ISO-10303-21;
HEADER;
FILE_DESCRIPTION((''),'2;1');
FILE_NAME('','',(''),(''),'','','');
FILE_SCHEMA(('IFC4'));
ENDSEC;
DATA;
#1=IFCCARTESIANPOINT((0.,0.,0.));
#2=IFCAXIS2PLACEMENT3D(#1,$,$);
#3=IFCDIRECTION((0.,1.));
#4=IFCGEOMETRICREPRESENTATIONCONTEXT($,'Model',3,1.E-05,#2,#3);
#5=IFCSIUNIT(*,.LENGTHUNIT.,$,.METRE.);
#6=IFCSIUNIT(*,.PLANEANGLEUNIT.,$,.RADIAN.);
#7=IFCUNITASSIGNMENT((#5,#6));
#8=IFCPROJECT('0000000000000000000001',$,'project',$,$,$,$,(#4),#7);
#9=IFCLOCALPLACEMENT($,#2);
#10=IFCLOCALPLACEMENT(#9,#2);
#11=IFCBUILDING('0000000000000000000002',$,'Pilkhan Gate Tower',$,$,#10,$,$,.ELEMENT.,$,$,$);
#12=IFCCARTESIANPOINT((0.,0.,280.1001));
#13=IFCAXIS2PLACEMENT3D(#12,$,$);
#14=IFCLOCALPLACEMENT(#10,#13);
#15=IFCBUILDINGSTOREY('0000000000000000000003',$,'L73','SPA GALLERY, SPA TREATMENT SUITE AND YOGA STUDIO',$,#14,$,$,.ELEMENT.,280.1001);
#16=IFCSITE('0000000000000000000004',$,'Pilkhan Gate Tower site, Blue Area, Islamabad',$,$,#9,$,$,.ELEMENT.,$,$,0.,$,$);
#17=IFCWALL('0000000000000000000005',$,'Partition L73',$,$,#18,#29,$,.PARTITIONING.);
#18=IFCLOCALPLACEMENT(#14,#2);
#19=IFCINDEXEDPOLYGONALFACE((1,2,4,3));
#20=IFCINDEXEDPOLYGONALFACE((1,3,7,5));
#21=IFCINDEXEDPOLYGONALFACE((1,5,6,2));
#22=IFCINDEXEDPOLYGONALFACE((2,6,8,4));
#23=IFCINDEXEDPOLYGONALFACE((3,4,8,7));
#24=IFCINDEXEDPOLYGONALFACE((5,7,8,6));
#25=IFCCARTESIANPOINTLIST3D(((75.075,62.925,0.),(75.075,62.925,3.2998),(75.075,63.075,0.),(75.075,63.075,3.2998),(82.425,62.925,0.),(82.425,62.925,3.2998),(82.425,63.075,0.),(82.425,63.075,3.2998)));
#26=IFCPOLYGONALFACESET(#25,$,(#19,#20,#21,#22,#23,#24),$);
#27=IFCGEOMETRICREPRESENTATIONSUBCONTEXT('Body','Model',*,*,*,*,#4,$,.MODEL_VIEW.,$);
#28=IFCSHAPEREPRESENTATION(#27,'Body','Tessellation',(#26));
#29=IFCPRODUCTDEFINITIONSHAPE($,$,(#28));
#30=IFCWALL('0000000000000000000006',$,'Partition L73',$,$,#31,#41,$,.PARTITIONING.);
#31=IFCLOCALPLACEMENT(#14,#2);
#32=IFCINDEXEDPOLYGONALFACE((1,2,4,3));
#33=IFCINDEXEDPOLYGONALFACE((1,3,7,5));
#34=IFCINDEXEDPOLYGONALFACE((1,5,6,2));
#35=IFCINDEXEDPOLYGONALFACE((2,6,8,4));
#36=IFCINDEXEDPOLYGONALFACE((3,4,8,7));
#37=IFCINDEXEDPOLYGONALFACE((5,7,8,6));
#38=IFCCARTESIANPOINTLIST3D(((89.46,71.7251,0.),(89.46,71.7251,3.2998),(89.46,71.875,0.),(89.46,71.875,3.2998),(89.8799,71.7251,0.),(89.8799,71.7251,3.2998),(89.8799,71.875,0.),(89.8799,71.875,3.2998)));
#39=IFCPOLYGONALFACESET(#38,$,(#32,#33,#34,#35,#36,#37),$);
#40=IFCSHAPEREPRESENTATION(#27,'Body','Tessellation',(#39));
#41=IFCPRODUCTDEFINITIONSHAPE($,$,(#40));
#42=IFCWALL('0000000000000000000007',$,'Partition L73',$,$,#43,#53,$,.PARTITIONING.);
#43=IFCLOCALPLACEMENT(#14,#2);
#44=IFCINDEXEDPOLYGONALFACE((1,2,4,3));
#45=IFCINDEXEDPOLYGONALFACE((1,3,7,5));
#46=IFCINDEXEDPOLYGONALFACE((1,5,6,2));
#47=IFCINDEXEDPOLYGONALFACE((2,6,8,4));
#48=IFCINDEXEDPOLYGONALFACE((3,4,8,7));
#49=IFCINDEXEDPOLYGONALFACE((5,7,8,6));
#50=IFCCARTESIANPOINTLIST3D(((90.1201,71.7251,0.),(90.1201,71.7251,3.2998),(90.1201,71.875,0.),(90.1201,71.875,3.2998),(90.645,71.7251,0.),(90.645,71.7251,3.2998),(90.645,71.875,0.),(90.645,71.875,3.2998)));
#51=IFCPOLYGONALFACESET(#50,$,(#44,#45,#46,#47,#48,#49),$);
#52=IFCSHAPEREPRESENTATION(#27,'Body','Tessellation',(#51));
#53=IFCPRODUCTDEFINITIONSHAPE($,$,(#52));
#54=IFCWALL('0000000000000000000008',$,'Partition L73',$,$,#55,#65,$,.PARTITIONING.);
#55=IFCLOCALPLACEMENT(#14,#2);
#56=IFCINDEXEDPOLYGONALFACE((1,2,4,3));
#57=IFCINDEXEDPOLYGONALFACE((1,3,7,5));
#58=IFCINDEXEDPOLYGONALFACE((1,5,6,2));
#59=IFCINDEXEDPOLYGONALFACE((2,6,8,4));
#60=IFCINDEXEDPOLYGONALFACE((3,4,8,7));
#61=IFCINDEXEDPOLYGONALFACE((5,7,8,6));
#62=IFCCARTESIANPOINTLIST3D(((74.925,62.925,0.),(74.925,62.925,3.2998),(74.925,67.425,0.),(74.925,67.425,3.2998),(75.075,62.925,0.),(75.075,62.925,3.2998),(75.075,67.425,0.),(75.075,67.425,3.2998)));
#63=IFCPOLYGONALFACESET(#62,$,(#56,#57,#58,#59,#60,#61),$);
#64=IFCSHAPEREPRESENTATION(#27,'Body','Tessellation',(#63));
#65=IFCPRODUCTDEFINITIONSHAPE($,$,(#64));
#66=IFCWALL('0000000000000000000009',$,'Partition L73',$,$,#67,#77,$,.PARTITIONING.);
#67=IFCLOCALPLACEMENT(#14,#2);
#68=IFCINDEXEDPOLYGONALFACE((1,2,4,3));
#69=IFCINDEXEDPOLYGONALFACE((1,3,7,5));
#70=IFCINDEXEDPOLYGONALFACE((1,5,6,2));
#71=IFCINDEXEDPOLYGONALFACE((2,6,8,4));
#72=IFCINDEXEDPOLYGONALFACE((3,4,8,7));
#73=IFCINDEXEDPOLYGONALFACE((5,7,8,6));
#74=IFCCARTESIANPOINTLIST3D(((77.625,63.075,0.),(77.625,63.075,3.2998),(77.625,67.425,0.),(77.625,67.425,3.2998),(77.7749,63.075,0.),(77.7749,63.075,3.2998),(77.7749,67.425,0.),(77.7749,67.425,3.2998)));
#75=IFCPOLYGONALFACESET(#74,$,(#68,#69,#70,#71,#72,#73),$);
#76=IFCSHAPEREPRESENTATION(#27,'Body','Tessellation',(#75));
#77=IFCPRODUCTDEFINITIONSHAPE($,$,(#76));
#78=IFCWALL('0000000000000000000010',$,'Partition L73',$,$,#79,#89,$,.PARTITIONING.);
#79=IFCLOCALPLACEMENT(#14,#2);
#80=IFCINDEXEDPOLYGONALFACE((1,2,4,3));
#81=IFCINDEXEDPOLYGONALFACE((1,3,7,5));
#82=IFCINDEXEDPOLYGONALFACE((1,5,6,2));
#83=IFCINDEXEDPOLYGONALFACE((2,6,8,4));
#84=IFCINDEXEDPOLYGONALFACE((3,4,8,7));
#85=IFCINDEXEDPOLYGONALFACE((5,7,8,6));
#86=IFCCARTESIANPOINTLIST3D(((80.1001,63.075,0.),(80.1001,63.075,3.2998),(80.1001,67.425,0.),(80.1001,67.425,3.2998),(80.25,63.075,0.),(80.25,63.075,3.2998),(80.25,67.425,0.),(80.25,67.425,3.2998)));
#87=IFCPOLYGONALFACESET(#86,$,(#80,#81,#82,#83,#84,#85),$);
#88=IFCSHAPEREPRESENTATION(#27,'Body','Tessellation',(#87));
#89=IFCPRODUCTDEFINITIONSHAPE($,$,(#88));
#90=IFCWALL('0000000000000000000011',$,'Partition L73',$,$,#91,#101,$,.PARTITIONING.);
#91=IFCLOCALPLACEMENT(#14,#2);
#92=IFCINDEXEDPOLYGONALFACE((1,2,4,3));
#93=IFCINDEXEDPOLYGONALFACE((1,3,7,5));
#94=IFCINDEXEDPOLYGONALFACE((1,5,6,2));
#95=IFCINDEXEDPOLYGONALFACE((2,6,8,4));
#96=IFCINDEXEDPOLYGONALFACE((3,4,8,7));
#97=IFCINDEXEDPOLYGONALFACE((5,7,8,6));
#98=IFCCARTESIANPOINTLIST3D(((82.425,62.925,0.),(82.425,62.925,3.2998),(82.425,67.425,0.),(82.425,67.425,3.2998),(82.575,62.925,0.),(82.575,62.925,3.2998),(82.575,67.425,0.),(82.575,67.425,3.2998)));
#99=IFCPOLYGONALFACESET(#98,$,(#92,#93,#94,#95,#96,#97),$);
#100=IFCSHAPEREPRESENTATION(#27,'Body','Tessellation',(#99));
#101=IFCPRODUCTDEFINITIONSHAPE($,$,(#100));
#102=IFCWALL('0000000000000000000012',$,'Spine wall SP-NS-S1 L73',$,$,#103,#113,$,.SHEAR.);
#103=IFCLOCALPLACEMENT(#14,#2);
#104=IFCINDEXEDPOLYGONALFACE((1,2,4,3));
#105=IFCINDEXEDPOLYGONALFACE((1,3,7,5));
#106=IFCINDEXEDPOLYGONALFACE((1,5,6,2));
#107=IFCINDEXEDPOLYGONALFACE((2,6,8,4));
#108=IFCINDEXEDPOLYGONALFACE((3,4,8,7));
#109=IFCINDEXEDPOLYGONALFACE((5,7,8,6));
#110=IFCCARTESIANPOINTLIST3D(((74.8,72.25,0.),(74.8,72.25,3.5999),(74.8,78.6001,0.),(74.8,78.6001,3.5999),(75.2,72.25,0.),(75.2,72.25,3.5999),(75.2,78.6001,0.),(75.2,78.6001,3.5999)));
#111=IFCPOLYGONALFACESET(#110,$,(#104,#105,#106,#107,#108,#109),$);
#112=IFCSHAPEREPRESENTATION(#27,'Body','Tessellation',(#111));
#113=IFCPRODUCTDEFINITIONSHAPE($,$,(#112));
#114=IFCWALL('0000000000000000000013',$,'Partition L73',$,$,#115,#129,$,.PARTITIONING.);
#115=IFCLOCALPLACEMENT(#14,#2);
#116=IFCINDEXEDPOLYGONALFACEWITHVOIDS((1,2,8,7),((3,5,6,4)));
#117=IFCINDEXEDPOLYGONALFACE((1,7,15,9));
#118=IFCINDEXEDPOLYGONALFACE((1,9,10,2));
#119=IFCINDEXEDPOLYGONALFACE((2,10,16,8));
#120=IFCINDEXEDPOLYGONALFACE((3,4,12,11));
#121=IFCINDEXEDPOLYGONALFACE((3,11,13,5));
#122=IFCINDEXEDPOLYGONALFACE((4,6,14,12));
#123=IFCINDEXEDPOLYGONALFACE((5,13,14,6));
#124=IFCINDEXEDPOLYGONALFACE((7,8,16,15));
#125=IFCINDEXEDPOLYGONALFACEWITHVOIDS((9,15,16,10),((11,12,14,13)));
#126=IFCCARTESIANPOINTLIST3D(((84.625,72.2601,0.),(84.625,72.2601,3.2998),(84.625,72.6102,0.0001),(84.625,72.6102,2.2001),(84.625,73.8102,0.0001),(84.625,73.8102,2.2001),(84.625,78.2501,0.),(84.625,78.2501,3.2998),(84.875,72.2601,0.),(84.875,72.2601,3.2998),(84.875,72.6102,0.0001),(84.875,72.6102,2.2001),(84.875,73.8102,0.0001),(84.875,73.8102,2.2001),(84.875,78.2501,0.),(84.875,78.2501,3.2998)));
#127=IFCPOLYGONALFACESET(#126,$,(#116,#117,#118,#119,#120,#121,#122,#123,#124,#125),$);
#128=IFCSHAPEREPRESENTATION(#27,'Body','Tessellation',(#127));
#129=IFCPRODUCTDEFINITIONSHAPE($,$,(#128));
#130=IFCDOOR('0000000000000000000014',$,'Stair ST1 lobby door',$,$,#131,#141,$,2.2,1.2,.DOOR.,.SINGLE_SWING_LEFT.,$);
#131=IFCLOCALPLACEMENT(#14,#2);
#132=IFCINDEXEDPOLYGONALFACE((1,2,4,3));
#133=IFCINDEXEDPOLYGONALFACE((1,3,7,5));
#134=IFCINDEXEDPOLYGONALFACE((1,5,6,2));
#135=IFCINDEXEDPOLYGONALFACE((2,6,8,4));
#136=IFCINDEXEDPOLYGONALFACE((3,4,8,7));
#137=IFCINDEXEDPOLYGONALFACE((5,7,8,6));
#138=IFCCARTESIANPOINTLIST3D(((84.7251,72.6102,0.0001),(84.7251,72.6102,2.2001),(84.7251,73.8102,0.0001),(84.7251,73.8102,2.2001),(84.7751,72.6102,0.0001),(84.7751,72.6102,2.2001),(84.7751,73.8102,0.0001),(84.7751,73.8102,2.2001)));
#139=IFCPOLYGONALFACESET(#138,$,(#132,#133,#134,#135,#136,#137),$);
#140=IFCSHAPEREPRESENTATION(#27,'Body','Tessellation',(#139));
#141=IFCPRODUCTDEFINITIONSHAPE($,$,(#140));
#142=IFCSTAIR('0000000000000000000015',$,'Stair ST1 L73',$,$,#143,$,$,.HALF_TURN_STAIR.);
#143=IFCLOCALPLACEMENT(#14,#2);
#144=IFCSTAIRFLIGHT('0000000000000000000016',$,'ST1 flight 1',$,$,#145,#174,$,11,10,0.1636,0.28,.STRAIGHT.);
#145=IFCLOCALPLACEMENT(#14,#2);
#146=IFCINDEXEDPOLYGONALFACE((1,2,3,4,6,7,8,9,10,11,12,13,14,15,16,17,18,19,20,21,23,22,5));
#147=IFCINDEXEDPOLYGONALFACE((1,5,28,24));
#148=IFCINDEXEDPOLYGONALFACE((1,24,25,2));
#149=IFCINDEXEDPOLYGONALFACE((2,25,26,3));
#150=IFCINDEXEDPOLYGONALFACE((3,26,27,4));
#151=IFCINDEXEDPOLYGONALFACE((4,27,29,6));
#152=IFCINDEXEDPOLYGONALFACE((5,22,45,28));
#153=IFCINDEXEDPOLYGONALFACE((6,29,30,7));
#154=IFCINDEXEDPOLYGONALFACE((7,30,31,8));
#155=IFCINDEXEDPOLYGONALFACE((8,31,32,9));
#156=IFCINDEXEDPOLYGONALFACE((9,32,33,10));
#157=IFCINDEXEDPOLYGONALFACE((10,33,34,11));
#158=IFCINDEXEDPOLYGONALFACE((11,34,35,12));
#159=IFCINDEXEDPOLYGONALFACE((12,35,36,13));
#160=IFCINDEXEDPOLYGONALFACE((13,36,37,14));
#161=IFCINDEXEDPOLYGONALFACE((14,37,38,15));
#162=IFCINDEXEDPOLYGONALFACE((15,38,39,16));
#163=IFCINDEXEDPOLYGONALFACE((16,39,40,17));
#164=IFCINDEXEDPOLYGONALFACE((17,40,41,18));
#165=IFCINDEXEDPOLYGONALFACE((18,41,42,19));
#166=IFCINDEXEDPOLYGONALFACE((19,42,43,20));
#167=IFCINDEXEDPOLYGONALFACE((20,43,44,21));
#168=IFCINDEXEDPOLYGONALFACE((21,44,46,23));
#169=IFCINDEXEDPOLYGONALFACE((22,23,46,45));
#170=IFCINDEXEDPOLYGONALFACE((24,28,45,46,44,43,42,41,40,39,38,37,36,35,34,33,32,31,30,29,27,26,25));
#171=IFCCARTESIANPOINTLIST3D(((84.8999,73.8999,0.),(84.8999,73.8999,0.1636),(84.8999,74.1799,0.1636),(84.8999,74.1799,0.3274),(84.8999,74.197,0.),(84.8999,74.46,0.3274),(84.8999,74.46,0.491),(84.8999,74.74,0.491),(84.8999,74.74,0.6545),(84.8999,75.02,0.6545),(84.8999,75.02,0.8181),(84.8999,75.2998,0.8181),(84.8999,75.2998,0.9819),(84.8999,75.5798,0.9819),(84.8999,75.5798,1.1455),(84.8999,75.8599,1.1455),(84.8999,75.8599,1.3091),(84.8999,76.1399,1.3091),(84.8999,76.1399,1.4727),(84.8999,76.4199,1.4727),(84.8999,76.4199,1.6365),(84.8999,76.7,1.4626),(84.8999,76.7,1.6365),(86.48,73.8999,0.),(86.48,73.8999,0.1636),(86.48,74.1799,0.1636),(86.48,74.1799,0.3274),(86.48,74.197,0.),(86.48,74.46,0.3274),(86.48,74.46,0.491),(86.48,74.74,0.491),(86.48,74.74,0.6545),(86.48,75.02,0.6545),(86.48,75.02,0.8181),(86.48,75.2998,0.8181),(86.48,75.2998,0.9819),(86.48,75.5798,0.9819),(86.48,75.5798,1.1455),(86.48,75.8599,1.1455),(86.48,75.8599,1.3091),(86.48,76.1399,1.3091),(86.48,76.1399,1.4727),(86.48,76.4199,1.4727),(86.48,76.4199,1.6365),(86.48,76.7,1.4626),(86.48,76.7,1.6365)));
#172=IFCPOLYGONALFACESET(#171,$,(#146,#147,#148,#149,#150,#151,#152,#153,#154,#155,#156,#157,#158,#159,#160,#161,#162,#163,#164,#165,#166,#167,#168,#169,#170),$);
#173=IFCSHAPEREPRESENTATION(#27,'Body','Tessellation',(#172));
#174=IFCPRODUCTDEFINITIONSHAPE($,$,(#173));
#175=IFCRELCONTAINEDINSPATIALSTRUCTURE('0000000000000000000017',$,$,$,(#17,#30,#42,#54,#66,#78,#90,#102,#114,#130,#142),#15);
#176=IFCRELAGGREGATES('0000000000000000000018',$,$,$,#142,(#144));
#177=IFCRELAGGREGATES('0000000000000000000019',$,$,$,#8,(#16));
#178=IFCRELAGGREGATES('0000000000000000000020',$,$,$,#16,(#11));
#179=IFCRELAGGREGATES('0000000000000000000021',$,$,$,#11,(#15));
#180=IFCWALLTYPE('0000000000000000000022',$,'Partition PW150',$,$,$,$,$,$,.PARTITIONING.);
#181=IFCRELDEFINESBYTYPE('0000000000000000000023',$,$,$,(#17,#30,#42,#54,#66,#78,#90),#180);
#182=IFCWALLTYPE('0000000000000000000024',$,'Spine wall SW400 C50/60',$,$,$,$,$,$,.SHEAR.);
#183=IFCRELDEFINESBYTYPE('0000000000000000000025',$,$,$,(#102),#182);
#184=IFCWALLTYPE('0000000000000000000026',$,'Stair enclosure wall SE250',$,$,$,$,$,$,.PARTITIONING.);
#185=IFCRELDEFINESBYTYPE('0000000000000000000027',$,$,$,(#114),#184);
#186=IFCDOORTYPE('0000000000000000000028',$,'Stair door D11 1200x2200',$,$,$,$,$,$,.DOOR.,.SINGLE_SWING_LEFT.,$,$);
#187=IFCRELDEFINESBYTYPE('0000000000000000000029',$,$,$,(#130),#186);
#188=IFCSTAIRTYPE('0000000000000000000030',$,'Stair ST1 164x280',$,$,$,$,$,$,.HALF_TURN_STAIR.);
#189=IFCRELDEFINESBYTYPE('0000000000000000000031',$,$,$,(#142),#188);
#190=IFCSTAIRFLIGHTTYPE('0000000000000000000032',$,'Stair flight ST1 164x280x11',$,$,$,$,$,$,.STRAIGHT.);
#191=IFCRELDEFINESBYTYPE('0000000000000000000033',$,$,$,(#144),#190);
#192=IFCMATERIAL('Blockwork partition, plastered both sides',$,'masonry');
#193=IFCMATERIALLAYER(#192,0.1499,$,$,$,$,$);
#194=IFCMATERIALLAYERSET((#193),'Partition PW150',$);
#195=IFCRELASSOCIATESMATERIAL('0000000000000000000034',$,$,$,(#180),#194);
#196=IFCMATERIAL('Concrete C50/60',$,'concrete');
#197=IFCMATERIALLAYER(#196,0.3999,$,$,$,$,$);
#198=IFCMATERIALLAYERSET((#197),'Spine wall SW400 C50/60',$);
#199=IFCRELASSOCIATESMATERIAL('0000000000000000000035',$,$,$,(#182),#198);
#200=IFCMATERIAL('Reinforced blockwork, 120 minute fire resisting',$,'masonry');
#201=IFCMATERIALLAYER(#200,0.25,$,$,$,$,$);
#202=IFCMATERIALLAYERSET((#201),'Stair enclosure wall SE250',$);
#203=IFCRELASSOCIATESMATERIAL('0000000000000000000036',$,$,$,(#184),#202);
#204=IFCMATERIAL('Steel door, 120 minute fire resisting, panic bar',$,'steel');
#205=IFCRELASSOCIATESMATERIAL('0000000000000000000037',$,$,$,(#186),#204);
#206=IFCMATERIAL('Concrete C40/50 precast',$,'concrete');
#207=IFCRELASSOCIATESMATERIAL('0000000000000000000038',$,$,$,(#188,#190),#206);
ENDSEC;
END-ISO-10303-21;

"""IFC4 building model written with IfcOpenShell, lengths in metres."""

from ifc_helpers import new_model, si_unit, direction, frame, frame_2d, origin, place, context, subcontext, project, spatial, polyline, rectangle, outline, extrude, material, layer, layer_set, type_object, element, fill, aggregate, save


model = new_model("IFC4")

# Units and contexts
model_context = context("Model", 3, precision=1e-05, world=origin(), true_north=direction((0.0, 1.0)))
body_context = subcontext(model_context, "Body", "Model", "MODEL_VIEW")
ifc_project = project(units=[si_unit("LENGTHUNIT", "METRE"), si_unit("PLANEANGLEUNIT", "RADIAN")], contexts=[model_context])

# Site, building, storey
site_placement = place(None, origin())
site = spatial("IfcSite", under=ifc_project, at=site_placement, Name="Pilkhan Gate Tower site, Blue Area, Islamabad", CompositionType="ELEMENT", RefElevation=0.0)
building_placement = place(site_placement, origin())
building = spatial("IfcBuilding", under=site, at=building_placement, Name="Pilkhan Gate Tower", CompositionType="ELEMENT")
storey_placement = place(building_placement, frame((0.0, 0.0, 280.1001)))
storey = spatial("IfcBuildingStorey", under=building, at=storey_placement, Name="L73", Description="SPA GALLERY, SPA TREATMENT SUITE AND YOGA STUDIO", CompositionType="ELEMENT", Elevation=280.1001)

# Shared definitions
ifc_material_1 = material(Name="Concrete C50/60", Category="concrete")

# Walls
ifc_material_2 = material(Name="Blockwork partition, plastered both sides", Category="masonry")
ifc_layer_1 = layer(ifc_material_2, 0.1499)
ifc_layer_set_1 = layer_set([ifc_layer_1], Name="Partition PW150")
wall_type_1 = type_object("IfcWallType", Name="Partition PW150", PredefinedType="PARTITIONING", material=ifc_layer_set_1)
wall_1_placement = place(storey_placement, frame((75.075, 63.0, 0.0), z_axis=(0.0, 0.0, 1.0), x_axis=(1.0, 0.0, 0.0)))
element("IfcWall", 1, at=wall_1_placement, inside=storey, type_object=wall_type_1, Name="Partition L73", PredefinedType="PARTITIONING", context=body_context, shape_type="SweptSolid", body=[
    extrude(rectangle(XDim=7.3501, YDim=0.1499, at=frame_2d((3.675, 0.0))), origin(), (0.0, 0.0, 1.0), 3.2998),
])
wall_2_placement = place(storey_placement, frame((89.46, 71.8, 0.0), z_axis=(0.0, 0.0, 1.0), x_axis=(1.0, 0.0, 0.0)))
element("IfcWall", 2, at=wall_2_placement, inside=storey, type_object=wall_type_1, Name="Partition L73", PredefinedType="PARTITIONING", context=body_context, shape_type="SweptSolid", body=[
    extrude(rectangle(XDim=0.4199, YDim=0.1499, at=frame_2d((0.21, 0.0))), origin(), (0.0, 0.0, 1.0), 3.2998),
])
wall_3_placement = place(storey_placement, frame((90.1201, 71.8, 0.0), z_axis=(0.0, 0.0, 1.0), x_axis=(1.0, 0.0, 0.0)))
element("IfcWall", 3, at=wall_3_placement, inside=storey, type_object=wall_type_1, Name="Partition L73", PredefinedType="PARTITIONING", context=body_context, shape_type="SweptSolid", body=[
    extrude(rectangle(XDim=0.5249, YDim=0.1499, at=frame_2d((0.2625, 0.0))), origin(), (0.0, 0.0, 1.0), 3.2998),
])
wall_4_placement = place(storey_placement, frame((75.0, 62.925, 0.0), z_axis=(0.0, 0.0, 1.0), x_axis=(0.0, 1.0, 0.0)))
element("IfcWall", 4, at=wall_4_placement, inside=storey, type_object=wall_type_1, Name="Partition L73", PredefinedType="PARTITIONING", context=body_context, shape_type="SweptSolid", body=[
    extrude(rectangle(XDim=4.5, YDim=0.1499, at=frame_2d((2.25, 0.0))), origin(), (0.0, 0.0, 1.0), 3.2998),
])
for number, where, z_axis, x_axis, name in (
    (5, (77.7, 63.075, 0.0), (0.0, 0.0, 1.0), (0.0, 1.0, 0.0), "Partition L73"),
    (6, (80.175, 63.075, 0.0), (0.0, 0.0, 1.0), (0.0, 1.0, 0.0), "Partition L73"),
):
    element("IfcWall", number, at=place(storey_placement, frame(where, z_axis=z_axis, x_axis=x_axis)), inside=storey, type_object=wall_type_1, Name=name, PredefinedType="PARTITIONING", context=body_context, shape_type="SweptSolid", body=[
        extrude(rectangle(XDim=4.3501, YDim=0.1499, at=frame_2d((2.175, 0.0))), origin(), (0.0, 0.0, 1.0), 3.2998),
    ])
wall_5_placement = place(storey_placement, frame((82.5, 62.925, 0.0), z_axis=(0.0, 0.0, 1.0), x_axis=(0.0, 1.0, 0.0)))
element("IfcWall", 7, at=wall_5_placement, inside=storey, type_object=wall_type_1, Name="Partition L73", PredefinedType="PARTITIONING", context=body_context, shape_type="SweptSolid", body=[
    extrude(rectangle(XDim=4.5, YDim=0.1499, at=frame_2d((2.25, 0.0))), origin(), (0.0, 0.0, 1.0), 3.2998),
])
ifc_layer_2 = layer(ifc_material_1, 0.3999)
ifc_layer_set_2 = layer_set([ifc_layer_2], Name="Spine wall SW400 C50/60")
wall_type_2 = type_object("IfcWallType", Name="Spine wall SW400 C50/60", PredefinedType="SHEAR", material=ifc_layer_set_2)
wall_6_placement = place(storey_placement, frame((75.0, 72.25, 0.0), z_axis=(0.0, 0.0, 1.0), x_axis=(0.0, 1.0, 0.0)))
element("IfcWall", 8, at=wall_6_placement, inside=storey, type_object=wall_type_2, Name="Spine wall SP-NS-S1 L73", PredefinedType="SHEAR", context=body_context, shape_type="SweptSolid", body=[
    extrude(rectangle(XDim=6.3501, YDim=0.3999, at=frame_2d((3.175, 0.0))), origin(), (0.0, 0.0, 1.0), 3.5999),
])

# Wall, opening, door
ifc_material_3 = material(Name="Reinforced blockwork, 120 minute fire resisting", Category="masonry")
ifc_layer_3 = layer(ifc_material_3, 0.25)
ifc_layer_set_3 = layer_set([ifc_layer_3], Name="Stair enclosure wall SE250")
wall_type_3 = type_object("IfcWallType", Name="Stair enclosure wall SE250", PredefinedType="PARTITIONING", material=ifc_layer_set_3)
wall_7_placement = place(storey_placement, frame((84.75, 72.26, 0.0), z_axis=(0.0, 0.0, 1.0), x_axis=(0.0, 1.0, 0.0)))
wall_7 = element("IfcWall", 9, at=wall_7_placement, inside=storey, type_object=wall_type_3, Name="Partition L73", PredefinedType="PARTITIONING", context=body_context, shape_type="SweptSolid", body=[
    extrude(rectangle(XDim=5.99, YDim=0.25, at=frame_2d((2.9951, 0.0))), origin(), (0.0, 0.0, 1.0), 3.2998),
])
opening_1_placement = place(wall_7_placement, frame((0.3501, 0.0, 0.0)))
opening_1 = element("IfcOpeningElement", 10, at=opening_1_placement, cuts=wall_7, PredefinedType="OPENING", context=body_context, shape_type="SweptSolid", body=[
    extrude(rectangle(XDim=1.2, YDim=2.2, at=frame_2d((0.6001, 1.1001))), frame((0.0, 0.135, 0.0), z_axis=(0.0, -1.0, 0.0), x_axis=(1.0, 0.0, 0.0)), (0.0, 0.0, 1.0), 0.27),
])
ifc_material_4 = material(Name="Steel door, 120 minute fire resisting, panic bar", Category="steel")
door_type_1 = type_object("IfcDoorType", Name="Stair door D11 1200x2200", OperationType="SINGLE_SWING_LEFT", PredefinedType="DOOR", material=ifc_material_4)
door_1_placement = place(opening_1_placement, origin())
door_1 = element("IfcDoor", 11, at=door_1_placement, inside=storey, type_object=door_type_1, Name="Stair ST1 lobby door", OperationType="SINGLE_SWING_LEFT", OverallHeight=2.2, OverallWidth=1.2, PredefinedType="DOOR", context=body_context, shape_type="SweptSolid", body=[
    extrude(rectangle(XDim=1.2, YDim=2.2, at=frame_2d((0.6001, 1.1001))), frame((0.0, 0.0249, 0.0), z_axis=(0.0, -1.0, 0.0), x_axis=(1.0, 0.0, 0.0)), (0.0, 0.0, 1.0), 0.05),
])
fill(opening_1, door_1)

# Stair, stair flight
ifc_material_5 = material(Name="Concrete C40/50 precast", Category="concrete")
stair_type = type_object("IfcStairType", Name="Stair ST1 164x280", PredefinedType="HALF_TURN_STAIR", material=ifc_material_5)
stair_placement = place(storey_placement, origin())
stair = element("IfcStair", 12, at=stair_placement, inside=storey, type_object=stair_type, Name="Stair ST1 L73", PredefinedType="HALF_TURN_STAIR")
stair_flight_type = type_object("IfcStairFlightType", Name="Stair flight ST1 164x280x11", PredefinedType="STRAIGHT", material=ifc_material_5)
stair_flight_placement = place(storey_placement, frame((85.6899, 73.8999, 0.0), z_axis=(0.0, 0.0, 1.0), x_axis=(0.0, 1.0, 0.0)))
stair_flight = element("IfcStairFlight", 13, at=stair_flight_placement, type_object=stair_flight_type, Name="ST1 flight 1", NumberOfRisers=11, NumberOfTreads=10, PredefinedType="STRAIGHT", RiserHeight=0.1636, TreadLength=0.28, context=body_context, shape_type="SweptSolid", body=[
    extrude(outline(polyline([(0.0, 0.0), (0.0, 0.1636), (0.28, 0.1636), (0.28, 0.3274), (0.5601, 0.3274), (0.5601, 0.491), (0.8401, 0.491), (0.8401, 0.6545), (1.1201, 0.6545), (1.1201, 0.8181), (1.3999, 0.8181), (1.3999, 0.9819), (1.6799, 0.9819), (1.6799, 1.1455), (1.96, 1.1455), (1.96, 1.3091), (2.24, 1.3091), (2.24, 1.4727), (2.52, 1.4727), (2.52, 1.6365), (2.8, 1.6365), (2.8, 1.8), (2.8, 1.4626), (0.2971, 0.0), (0.0, 0.0)])), frame((0.0, 0.79, 0.0), z_axis=(0.0, -1.0, 0.0), x_axis=(1.0, 0.0, 0.0)), (0.0, 0.0, 1.0), 1.5801),
])
aggregate(stair, [stair_flight])

save(model, "model.ifc")
